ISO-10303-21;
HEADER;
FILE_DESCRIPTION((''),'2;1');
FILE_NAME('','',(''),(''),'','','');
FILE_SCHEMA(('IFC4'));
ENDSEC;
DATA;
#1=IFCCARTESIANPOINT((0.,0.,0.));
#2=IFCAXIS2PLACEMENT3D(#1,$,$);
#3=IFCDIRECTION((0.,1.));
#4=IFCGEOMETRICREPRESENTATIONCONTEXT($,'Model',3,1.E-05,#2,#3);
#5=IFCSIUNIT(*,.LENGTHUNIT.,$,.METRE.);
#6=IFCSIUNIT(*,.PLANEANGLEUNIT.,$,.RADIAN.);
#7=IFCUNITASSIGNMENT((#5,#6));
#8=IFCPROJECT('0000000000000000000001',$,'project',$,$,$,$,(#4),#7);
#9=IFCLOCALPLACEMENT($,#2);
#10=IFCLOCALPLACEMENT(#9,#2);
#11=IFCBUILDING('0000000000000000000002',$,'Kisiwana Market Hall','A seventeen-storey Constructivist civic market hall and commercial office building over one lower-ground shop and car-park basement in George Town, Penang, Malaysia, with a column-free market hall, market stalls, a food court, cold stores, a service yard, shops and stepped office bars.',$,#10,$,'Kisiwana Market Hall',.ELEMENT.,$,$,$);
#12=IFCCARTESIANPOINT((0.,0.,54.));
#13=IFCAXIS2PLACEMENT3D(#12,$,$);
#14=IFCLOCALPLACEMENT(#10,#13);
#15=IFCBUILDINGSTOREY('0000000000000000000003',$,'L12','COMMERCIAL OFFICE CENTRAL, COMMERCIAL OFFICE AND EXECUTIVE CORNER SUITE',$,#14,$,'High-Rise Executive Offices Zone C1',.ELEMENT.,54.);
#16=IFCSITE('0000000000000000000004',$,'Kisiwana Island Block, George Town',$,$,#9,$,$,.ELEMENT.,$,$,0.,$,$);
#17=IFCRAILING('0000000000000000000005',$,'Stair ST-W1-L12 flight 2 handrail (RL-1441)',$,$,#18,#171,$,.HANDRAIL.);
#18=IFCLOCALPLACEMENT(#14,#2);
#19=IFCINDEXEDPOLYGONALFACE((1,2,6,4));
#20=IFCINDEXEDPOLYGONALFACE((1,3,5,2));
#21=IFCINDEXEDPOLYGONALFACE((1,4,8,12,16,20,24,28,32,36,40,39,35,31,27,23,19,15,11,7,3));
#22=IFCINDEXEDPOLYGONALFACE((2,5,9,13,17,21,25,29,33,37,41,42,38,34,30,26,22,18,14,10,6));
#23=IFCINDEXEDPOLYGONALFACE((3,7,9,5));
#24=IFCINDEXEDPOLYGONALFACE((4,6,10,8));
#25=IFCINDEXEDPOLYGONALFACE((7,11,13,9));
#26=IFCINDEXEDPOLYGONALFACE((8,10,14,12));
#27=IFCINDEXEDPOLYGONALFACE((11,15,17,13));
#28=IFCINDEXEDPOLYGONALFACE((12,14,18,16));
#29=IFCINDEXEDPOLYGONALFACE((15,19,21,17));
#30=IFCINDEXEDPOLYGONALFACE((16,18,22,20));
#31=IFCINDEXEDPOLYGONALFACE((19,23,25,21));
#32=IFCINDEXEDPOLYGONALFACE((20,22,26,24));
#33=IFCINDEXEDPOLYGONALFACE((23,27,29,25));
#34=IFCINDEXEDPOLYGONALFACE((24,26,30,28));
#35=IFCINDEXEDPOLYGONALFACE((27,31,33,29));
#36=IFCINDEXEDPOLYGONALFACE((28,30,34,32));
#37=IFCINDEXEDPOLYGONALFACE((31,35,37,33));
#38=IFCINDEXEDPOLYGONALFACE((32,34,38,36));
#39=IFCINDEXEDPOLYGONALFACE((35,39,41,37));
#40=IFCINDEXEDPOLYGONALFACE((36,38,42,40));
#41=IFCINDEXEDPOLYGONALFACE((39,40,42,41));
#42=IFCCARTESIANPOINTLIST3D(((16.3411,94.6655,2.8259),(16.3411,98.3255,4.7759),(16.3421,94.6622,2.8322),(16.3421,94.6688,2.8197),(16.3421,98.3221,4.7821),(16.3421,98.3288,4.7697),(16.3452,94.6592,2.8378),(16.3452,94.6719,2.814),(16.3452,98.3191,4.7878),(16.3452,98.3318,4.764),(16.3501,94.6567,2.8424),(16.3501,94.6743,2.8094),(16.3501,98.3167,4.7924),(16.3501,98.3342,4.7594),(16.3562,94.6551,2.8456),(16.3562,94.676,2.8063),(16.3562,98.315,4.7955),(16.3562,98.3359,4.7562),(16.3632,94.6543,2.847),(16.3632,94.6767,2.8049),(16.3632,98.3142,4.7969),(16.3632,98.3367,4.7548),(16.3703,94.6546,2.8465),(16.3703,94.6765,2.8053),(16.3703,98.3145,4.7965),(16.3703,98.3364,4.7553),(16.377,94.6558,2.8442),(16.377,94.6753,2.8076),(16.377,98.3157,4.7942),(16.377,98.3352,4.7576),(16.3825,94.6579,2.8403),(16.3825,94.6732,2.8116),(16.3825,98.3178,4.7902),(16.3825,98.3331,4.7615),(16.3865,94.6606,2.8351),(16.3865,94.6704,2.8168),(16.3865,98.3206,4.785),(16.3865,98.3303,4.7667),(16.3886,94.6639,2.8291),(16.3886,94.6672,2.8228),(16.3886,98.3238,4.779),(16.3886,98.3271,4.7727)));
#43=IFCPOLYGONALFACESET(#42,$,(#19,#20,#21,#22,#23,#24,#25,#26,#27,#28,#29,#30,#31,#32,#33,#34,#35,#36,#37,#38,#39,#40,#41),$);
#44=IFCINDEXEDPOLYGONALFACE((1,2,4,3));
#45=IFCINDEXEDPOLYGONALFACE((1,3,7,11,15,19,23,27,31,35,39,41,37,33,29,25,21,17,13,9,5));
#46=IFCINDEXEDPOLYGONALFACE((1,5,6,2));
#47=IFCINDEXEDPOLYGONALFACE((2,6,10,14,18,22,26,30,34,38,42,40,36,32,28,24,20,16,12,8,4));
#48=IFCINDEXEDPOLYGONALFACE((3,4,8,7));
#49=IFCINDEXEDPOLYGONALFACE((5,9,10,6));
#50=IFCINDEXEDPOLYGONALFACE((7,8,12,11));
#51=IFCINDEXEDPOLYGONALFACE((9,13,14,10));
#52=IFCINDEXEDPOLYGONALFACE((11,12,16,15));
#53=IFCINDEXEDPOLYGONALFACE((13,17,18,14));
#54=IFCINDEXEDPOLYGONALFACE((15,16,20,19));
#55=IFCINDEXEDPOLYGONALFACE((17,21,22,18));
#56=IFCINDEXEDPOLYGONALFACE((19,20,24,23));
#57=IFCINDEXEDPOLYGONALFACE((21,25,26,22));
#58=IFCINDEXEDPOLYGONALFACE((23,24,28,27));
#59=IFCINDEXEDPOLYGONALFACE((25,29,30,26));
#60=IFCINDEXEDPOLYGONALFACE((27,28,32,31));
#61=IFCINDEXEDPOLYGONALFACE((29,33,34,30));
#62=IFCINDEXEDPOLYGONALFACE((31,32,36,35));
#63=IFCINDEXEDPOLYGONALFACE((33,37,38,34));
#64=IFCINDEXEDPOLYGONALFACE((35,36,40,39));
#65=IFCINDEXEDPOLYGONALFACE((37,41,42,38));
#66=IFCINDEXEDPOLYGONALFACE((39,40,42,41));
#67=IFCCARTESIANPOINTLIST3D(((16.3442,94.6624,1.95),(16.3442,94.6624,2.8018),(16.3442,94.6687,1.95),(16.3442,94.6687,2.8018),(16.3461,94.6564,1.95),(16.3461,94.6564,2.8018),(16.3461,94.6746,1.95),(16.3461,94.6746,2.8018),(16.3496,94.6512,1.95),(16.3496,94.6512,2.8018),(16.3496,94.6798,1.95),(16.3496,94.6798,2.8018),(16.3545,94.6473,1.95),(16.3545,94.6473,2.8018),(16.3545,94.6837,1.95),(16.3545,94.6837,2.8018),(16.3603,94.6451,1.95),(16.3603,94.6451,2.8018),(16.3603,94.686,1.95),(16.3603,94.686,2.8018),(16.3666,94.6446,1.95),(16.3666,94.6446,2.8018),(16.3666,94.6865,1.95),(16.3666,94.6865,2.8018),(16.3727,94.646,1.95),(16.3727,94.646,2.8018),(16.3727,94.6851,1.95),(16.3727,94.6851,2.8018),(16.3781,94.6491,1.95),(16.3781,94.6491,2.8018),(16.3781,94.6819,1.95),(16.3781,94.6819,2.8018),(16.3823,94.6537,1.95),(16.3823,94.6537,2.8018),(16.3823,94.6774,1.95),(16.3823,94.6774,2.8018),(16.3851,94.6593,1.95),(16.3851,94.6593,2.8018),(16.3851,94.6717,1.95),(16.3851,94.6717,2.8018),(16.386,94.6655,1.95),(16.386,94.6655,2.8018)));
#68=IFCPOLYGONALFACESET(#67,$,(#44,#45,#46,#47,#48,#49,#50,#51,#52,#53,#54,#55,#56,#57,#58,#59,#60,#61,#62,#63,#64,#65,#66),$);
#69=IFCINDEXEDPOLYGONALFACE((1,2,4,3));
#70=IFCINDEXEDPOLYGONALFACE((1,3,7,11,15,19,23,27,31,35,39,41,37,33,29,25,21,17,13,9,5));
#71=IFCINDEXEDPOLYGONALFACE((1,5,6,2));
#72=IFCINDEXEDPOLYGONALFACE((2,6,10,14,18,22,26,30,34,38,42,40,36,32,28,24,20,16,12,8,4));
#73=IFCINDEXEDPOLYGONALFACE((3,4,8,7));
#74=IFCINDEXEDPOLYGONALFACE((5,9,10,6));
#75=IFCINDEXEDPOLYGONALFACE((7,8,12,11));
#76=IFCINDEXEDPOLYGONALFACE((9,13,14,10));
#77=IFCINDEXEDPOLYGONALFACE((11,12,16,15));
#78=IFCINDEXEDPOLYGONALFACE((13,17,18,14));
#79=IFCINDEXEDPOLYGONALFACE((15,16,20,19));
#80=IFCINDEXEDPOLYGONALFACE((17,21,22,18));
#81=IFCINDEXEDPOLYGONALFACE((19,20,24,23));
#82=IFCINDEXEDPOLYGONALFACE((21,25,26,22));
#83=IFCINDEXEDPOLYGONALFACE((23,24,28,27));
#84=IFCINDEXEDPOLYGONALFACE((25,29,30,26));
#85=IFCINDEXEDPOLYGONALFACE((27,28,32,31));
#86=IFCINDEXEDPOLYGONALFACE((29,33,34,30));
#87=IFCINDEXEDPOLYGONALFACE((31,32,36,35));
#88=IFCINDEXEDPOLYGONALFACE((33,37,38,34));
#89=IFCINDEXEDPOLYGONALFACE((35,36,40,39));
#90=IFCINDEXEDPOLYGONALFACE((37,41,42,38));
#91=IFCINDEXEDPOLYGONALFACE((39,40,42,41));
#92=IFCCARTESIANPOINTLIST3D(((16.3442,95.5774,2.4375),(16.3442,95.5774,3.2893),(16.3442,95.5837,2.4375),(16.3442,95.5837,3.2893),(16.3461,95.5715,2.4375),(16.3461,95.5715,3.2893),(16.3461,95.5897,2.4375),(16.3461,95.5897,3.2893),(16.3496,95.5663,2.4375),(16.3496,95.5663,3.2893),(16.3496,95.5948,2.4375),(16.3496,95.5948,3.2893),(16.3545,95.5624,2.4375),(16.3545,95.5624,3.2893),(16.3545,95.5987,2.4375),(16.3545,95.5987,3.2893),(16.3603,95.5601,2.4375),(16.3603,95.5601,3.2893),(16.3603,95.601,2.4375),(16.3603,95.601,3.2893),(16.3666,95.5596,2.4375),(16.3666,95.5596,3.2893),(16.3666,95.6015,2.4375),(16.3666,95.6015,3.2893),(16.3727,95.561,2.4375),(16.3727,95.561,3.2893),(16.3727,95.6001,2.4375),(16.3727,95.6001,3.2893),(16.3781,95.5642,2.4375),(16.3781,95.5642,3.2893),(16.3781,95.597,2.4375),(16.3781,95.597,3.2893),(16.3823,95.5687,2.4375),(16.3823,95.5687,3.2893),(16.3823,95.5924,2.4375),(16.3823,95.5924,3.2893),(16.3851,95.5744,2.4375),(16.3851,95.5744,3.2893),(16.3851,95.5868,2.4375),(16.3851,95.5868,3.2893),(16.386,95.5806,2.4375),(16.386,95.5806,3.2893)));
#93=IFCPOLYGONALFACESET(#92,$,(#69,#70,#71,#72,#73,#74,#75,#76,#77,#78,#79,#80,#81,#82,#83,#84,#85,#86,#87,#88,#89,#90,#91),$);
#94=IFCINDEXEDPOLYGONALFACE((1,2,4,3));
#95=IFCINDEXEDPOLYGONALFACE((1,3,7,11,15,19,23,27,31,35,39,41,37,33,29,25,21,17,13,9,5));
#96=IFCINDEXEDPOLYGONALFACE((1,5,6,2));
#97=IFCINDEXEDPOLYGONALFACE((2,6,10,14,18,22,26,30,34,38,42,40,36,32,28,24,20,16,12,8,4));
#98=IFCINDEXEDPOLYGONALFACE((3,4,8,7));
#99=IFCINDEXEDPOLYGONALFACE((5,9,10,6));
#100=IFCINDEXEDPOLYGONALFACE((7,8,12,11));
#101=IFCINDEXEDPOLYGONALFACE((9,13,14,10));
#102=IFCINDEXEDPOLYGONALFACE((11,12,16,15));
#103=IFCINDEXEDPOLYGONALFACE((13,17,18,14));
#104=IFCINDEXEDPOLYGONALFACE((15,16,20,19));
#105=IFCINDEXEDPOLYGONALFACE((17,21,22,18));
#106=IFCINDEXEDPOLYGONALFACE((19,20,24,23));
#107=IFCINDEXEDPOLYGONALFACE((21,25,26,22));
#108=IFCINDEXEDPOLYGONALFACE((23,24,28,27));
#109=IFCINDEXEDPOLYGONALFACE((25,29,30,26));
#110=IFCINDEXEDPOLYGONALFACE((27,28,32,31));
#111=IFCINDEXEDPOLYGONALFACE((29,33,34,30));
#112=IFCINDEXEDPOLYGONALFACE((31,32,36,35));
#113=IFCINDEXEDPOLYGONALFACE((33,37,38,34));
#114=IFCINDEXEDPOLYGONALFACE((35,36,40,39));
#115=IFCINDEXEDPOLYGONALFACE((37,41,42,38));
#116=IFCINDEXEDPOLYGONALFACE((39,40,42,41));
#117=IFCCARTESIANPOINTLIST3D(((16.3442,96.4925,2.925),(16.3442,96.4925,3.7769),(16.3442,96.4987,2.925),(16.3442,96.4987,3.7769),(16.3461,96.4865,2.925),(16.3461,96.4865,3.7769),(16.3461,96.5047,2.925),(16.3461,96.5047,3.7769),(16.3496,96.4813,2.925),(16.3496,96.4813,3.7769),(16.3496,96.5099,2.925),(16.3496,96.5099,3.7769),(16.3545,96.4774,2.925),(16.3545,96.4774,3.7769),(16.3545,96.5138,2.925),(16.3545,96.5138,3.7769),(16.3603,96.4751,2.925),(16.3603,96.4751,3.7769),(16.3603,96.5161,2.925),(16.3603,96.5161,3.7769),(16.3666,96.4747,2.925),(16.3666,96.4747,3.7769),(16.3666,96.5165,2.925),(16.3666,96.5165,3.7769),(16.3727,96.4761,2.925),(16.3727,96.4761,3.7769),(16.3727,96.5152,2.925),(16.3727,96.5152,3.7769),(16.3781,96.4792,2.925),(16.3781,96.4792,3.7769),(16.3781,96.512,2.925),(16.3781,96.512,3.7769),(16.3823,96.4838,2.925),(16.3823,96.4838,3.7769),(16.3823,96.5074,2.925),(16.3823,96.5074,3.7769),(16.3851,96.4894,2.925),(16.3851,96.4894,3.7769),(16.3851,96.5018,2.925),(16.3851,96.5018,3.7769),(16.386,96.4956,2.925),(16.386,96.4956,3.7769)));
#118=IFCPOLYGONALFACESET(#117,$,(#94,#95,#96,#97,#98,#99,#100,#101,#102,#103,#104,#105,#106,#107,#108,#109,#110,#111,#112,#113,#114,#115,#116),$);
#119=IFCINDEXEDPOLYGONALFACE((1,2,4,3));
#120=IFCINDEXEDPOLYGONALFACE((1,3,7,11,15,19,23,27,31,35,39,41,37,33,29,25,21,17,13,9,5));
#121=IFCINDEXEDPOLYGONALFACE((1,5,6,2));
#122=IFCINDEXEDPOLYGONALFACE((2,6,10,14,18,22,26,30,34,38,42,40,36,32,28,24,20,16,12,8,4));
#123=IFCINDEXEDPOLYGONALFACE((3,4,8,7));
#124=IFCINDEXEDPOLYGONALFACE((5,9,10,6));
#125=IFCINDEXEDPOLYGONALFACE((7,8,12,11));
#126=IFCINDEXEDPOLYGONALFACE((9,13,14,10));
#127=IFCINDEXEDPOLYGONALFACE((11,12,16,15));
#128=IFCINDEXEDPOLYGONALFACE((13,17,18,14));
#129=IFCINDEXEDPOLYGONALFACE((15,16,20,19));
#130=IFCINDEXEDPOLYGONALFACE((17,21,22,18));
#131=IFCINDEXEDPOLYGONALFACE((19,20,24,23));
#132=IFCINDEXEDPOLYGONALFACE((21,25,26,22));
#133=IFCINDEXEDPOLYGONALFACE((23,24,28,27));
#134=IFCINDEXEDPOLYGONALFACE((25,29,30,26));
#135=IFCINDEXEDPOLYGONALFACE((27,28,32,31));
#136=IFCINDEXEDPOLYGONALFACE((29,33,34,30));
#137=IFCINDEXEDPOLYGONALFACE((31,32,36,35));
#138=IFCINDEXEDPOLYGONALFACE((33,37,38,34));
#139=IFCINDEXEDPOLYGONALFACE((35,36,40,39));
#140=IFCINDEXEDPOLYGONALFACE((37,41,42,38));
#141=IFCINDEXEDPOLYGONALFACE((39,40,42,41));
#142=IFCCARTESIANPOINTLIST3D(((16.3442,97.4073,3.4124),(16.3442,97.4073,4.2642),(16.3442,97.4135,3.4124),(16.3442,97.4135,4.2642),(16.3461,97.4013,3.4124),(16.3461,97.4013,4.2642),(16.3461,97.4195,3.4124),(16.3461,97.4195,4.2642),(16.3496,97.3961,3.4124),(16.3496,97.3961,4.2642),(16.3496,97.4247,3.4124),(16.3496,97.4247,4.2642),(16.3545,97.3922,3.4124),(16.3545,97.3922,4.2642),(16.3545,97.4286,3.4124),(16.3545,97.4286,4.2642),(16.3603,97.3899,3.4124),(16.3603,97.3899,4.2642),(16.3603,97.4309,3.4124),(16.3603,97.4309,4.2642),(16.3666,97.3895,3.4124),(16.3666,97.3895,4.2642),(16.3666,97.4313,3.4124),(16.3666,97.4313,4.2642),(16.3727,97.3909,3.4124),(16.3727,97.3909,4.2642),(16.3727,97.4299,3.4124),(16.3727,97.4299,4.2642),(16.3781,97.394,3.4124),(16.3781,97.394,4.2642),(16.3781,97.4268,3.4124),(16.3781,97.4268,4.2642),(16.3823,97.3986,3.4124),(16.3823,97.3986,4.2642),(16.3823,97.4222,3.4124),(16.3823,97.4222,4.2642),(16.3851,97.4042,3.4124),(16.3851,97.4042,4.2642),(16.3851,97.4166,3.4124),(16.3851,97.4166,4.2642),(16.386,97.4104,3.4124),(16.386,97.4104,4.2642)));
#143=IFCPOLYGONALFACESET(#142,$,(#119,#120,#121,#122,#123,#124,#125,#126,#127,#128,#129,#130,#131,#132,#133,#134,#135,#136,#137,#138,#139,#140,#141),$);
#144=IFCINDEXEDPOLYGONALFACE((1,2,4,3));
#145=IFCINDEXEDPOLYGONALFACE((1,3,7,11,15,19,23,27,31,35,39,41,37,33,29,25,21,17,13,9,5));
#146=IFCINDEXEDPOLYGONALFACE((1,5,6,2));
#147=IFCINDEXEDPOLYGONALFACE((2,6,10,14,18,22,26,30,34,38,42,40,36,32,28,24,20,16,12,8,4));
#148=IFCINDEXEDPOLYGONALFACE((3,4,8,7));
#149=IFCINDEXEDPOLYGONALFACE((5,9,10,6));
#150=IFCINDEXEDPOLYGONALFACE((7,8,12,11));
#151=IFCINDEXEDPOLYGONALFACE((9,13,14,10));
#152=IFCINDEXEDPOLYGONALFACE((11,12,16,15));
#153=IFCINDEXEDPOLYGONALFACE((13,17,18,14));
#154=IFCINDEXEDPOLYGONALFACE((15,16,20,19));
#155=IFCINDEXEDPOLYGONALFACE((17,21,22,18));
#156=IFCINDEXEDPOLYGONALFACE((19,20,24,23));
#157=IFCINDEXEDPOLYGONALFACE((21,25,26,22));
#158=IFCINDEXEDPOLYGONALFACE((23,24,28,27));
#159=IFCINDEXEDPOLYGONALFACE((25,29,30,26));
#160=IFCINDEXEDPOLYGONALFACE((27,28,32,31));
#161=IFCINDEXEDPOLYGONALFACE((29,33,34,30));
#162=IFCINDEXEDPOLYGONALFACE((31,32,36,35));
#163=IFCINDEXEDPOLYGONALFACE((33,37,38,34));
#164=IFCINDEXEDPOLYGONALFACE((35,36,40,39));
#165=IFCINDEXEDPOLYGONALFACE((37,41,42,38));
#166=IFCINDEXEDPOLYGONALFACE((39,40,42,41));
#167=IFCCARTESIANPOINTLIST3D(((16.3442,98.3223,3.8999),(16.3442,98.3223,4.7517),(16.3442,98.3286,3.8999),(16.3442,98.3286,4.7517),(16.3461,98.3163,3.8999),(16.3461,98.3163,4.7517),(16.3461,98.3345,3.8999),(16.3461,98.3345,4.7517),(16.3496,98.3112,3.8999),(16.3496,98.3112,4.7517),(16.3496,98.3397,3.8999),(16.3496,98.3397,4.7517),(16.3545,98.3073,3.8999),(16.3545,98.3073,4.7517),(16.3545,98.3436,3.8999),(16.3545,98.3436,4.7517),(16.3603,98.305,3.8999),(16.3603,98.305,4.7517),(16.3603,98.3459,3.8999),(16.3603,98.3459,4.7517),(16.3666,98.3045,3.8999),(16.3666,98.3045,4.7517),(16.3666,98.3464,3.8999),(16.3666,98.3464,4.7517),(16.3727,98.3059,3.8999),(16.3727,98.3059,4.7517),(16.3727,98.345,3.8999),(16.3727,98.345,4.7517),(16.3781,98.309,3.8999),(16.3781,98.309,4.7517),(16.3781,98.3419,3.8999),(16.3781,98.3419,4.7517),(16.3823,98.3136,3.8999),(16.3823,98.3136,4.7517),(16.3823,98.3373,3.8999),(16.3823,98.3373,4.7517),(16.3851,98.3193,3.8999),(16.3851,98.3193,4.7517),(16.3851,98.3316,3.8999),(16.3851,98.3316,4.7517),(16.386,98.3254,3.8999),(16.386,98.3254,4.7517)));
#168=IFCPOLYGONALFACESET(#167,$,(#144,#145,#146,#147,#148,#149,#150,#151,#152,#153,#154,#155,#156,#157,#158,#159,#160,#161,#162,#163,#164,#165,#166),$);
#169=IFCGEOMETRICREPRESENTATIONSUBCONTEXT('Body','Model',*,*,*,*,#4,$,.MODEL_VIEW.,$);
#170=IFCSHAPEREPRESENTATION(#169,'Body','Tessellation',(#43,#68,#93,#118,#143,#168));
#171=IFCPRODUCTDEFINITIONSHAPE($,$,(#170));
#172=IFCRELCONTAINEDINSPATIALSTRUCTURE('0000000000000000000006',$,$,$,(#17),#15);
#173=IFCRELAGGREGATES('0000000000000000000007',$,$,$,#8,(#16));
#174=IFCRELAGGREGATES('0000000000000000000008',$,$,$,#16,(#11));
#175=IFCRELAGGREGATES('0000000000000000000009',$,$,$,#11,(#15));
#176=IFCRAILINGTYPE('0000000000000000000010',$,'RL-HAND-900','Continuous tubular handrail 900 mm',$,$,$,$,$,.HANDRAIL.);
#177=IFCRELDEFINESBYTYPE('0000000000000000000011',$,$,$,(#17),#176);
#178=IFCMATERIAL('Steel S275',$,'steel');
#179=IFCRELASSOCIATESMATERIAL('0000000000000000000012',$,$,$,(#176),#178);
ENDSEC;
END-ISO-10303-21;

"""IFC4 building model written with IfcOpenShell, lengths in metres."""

from ifc_helpers import new_model, si_unit, direction, frame, origin, origin_2d, place, context, subcontext, project, spatial, circle, extrude, material, type_object, element, save


model = new_model("IFC4")

# Units and contexts
model_context = context("Model", 3, precision=1e-05, world=origin(), true_north=direction((0.0, 1.0)))
body_context = subcontext(model_context, "Body", "Model", "MODEL_VIEW")
ifc_project = project(units=[si_unit("LENGTHUNIT", "METRE"), si_unit("PLANEANGLEUNIT", "RADIAN")], contexts=[model_context])

# Site, building, storey
site_placement = place(None, origin())
site = spatial("IfcSite", under=ifc_project, at=site_placement, Name="Kisiwana Island Block, George Town", CompositionType="ELEMENT", RefElevation=0.0)
building_placement = place(site_placement, origin())
building = spatial("IfcBuilding", under=site, at=building_placement, Name="Kisiwana Market Hall", Description="A seventeen-storey Constructivist civic market hall and commercial office building over one lower-ground shop and car-park basement in George Town, Penang, Malaysia, with a column-free market hall, market stalls, a food court, cold stores, a service yard, shops and stepped office bars.", LongName="Kisiwana Market Hall", CompositionType="ELEMENT")
storey_placement = place(building_placement, frame((0.0, 0.0, 54.0)))
storey = spatial("IfcBuildingStorey", under=building, at=storey_placement, Name="L12", Description="COMMERCIAL OFFICE CENTRAL, COMMERCIAL OFFICE AND EXECUTIVE CORNER SUITE", LongName="High-Rise Executive Offices Zone C1", CompositionType="ELEMENT", Elevation=54.0)

# Railing
ifc_material_1 = material(Name="Steel S275", Category="steel")
railing_type_1 = type_object("IfcRailingType", Name="RL-HAND-900", Description="Continuous tubular handrail 900 mm", PredefinedType="HANDRAIL", material=ifc_material_1)
railing_1_placement = place(storey_placement, frame((16.365, 94.6655, 1.95)))
element("IfcRailing", 1, at=railing_1_placement, inside=storey, type_object=railing_type_1, Name="Stair ST-W1-L12 flight 2 handrail (RL-1441)", PredefinedType="HANDRAIL", context=body_context, shape_type="SweptSolid", body=[
    extrude(circle(Radius=0.0239, at=origin_2d()), frame((0.0, 0.0, 0.876), z_axis=(0.0, 0.882553, 0.470212), x_axis=(-1.0, 0.0, 0.0)), (0.0, 0.0, 1.0), 4.147),
    extrude(circle(Radius=0.021, at=origin_2d()), origin(), (0.0, 0.0, 1.0), 0.8518),
    extrude(circle(Radius=0.021, at=origin_2d()), frame((0.0, 0.915, 0.4875)), (0.0, 0.0, 1.0), 0.8518),
    extrude(circle(Radius=0.021, at=origin_2d()), frame((0.0, 1.8301, 0.9751)), (0.0, 0.0, 1.0), 0.8518),
    extrude(circle(Radius=0.021, at=origin_2d()), frame((0.0, 2.7449, 1.4624)), (0.0, 0.0, 1.0), 0.8518),
    extrude(circle(Radius=0.021, at=origin_2d()), frame((0.0, 3.6599, 1.95)), (0.0, 0.0, 1.0), 0.8518),
])

save(model, "model.ifc")
